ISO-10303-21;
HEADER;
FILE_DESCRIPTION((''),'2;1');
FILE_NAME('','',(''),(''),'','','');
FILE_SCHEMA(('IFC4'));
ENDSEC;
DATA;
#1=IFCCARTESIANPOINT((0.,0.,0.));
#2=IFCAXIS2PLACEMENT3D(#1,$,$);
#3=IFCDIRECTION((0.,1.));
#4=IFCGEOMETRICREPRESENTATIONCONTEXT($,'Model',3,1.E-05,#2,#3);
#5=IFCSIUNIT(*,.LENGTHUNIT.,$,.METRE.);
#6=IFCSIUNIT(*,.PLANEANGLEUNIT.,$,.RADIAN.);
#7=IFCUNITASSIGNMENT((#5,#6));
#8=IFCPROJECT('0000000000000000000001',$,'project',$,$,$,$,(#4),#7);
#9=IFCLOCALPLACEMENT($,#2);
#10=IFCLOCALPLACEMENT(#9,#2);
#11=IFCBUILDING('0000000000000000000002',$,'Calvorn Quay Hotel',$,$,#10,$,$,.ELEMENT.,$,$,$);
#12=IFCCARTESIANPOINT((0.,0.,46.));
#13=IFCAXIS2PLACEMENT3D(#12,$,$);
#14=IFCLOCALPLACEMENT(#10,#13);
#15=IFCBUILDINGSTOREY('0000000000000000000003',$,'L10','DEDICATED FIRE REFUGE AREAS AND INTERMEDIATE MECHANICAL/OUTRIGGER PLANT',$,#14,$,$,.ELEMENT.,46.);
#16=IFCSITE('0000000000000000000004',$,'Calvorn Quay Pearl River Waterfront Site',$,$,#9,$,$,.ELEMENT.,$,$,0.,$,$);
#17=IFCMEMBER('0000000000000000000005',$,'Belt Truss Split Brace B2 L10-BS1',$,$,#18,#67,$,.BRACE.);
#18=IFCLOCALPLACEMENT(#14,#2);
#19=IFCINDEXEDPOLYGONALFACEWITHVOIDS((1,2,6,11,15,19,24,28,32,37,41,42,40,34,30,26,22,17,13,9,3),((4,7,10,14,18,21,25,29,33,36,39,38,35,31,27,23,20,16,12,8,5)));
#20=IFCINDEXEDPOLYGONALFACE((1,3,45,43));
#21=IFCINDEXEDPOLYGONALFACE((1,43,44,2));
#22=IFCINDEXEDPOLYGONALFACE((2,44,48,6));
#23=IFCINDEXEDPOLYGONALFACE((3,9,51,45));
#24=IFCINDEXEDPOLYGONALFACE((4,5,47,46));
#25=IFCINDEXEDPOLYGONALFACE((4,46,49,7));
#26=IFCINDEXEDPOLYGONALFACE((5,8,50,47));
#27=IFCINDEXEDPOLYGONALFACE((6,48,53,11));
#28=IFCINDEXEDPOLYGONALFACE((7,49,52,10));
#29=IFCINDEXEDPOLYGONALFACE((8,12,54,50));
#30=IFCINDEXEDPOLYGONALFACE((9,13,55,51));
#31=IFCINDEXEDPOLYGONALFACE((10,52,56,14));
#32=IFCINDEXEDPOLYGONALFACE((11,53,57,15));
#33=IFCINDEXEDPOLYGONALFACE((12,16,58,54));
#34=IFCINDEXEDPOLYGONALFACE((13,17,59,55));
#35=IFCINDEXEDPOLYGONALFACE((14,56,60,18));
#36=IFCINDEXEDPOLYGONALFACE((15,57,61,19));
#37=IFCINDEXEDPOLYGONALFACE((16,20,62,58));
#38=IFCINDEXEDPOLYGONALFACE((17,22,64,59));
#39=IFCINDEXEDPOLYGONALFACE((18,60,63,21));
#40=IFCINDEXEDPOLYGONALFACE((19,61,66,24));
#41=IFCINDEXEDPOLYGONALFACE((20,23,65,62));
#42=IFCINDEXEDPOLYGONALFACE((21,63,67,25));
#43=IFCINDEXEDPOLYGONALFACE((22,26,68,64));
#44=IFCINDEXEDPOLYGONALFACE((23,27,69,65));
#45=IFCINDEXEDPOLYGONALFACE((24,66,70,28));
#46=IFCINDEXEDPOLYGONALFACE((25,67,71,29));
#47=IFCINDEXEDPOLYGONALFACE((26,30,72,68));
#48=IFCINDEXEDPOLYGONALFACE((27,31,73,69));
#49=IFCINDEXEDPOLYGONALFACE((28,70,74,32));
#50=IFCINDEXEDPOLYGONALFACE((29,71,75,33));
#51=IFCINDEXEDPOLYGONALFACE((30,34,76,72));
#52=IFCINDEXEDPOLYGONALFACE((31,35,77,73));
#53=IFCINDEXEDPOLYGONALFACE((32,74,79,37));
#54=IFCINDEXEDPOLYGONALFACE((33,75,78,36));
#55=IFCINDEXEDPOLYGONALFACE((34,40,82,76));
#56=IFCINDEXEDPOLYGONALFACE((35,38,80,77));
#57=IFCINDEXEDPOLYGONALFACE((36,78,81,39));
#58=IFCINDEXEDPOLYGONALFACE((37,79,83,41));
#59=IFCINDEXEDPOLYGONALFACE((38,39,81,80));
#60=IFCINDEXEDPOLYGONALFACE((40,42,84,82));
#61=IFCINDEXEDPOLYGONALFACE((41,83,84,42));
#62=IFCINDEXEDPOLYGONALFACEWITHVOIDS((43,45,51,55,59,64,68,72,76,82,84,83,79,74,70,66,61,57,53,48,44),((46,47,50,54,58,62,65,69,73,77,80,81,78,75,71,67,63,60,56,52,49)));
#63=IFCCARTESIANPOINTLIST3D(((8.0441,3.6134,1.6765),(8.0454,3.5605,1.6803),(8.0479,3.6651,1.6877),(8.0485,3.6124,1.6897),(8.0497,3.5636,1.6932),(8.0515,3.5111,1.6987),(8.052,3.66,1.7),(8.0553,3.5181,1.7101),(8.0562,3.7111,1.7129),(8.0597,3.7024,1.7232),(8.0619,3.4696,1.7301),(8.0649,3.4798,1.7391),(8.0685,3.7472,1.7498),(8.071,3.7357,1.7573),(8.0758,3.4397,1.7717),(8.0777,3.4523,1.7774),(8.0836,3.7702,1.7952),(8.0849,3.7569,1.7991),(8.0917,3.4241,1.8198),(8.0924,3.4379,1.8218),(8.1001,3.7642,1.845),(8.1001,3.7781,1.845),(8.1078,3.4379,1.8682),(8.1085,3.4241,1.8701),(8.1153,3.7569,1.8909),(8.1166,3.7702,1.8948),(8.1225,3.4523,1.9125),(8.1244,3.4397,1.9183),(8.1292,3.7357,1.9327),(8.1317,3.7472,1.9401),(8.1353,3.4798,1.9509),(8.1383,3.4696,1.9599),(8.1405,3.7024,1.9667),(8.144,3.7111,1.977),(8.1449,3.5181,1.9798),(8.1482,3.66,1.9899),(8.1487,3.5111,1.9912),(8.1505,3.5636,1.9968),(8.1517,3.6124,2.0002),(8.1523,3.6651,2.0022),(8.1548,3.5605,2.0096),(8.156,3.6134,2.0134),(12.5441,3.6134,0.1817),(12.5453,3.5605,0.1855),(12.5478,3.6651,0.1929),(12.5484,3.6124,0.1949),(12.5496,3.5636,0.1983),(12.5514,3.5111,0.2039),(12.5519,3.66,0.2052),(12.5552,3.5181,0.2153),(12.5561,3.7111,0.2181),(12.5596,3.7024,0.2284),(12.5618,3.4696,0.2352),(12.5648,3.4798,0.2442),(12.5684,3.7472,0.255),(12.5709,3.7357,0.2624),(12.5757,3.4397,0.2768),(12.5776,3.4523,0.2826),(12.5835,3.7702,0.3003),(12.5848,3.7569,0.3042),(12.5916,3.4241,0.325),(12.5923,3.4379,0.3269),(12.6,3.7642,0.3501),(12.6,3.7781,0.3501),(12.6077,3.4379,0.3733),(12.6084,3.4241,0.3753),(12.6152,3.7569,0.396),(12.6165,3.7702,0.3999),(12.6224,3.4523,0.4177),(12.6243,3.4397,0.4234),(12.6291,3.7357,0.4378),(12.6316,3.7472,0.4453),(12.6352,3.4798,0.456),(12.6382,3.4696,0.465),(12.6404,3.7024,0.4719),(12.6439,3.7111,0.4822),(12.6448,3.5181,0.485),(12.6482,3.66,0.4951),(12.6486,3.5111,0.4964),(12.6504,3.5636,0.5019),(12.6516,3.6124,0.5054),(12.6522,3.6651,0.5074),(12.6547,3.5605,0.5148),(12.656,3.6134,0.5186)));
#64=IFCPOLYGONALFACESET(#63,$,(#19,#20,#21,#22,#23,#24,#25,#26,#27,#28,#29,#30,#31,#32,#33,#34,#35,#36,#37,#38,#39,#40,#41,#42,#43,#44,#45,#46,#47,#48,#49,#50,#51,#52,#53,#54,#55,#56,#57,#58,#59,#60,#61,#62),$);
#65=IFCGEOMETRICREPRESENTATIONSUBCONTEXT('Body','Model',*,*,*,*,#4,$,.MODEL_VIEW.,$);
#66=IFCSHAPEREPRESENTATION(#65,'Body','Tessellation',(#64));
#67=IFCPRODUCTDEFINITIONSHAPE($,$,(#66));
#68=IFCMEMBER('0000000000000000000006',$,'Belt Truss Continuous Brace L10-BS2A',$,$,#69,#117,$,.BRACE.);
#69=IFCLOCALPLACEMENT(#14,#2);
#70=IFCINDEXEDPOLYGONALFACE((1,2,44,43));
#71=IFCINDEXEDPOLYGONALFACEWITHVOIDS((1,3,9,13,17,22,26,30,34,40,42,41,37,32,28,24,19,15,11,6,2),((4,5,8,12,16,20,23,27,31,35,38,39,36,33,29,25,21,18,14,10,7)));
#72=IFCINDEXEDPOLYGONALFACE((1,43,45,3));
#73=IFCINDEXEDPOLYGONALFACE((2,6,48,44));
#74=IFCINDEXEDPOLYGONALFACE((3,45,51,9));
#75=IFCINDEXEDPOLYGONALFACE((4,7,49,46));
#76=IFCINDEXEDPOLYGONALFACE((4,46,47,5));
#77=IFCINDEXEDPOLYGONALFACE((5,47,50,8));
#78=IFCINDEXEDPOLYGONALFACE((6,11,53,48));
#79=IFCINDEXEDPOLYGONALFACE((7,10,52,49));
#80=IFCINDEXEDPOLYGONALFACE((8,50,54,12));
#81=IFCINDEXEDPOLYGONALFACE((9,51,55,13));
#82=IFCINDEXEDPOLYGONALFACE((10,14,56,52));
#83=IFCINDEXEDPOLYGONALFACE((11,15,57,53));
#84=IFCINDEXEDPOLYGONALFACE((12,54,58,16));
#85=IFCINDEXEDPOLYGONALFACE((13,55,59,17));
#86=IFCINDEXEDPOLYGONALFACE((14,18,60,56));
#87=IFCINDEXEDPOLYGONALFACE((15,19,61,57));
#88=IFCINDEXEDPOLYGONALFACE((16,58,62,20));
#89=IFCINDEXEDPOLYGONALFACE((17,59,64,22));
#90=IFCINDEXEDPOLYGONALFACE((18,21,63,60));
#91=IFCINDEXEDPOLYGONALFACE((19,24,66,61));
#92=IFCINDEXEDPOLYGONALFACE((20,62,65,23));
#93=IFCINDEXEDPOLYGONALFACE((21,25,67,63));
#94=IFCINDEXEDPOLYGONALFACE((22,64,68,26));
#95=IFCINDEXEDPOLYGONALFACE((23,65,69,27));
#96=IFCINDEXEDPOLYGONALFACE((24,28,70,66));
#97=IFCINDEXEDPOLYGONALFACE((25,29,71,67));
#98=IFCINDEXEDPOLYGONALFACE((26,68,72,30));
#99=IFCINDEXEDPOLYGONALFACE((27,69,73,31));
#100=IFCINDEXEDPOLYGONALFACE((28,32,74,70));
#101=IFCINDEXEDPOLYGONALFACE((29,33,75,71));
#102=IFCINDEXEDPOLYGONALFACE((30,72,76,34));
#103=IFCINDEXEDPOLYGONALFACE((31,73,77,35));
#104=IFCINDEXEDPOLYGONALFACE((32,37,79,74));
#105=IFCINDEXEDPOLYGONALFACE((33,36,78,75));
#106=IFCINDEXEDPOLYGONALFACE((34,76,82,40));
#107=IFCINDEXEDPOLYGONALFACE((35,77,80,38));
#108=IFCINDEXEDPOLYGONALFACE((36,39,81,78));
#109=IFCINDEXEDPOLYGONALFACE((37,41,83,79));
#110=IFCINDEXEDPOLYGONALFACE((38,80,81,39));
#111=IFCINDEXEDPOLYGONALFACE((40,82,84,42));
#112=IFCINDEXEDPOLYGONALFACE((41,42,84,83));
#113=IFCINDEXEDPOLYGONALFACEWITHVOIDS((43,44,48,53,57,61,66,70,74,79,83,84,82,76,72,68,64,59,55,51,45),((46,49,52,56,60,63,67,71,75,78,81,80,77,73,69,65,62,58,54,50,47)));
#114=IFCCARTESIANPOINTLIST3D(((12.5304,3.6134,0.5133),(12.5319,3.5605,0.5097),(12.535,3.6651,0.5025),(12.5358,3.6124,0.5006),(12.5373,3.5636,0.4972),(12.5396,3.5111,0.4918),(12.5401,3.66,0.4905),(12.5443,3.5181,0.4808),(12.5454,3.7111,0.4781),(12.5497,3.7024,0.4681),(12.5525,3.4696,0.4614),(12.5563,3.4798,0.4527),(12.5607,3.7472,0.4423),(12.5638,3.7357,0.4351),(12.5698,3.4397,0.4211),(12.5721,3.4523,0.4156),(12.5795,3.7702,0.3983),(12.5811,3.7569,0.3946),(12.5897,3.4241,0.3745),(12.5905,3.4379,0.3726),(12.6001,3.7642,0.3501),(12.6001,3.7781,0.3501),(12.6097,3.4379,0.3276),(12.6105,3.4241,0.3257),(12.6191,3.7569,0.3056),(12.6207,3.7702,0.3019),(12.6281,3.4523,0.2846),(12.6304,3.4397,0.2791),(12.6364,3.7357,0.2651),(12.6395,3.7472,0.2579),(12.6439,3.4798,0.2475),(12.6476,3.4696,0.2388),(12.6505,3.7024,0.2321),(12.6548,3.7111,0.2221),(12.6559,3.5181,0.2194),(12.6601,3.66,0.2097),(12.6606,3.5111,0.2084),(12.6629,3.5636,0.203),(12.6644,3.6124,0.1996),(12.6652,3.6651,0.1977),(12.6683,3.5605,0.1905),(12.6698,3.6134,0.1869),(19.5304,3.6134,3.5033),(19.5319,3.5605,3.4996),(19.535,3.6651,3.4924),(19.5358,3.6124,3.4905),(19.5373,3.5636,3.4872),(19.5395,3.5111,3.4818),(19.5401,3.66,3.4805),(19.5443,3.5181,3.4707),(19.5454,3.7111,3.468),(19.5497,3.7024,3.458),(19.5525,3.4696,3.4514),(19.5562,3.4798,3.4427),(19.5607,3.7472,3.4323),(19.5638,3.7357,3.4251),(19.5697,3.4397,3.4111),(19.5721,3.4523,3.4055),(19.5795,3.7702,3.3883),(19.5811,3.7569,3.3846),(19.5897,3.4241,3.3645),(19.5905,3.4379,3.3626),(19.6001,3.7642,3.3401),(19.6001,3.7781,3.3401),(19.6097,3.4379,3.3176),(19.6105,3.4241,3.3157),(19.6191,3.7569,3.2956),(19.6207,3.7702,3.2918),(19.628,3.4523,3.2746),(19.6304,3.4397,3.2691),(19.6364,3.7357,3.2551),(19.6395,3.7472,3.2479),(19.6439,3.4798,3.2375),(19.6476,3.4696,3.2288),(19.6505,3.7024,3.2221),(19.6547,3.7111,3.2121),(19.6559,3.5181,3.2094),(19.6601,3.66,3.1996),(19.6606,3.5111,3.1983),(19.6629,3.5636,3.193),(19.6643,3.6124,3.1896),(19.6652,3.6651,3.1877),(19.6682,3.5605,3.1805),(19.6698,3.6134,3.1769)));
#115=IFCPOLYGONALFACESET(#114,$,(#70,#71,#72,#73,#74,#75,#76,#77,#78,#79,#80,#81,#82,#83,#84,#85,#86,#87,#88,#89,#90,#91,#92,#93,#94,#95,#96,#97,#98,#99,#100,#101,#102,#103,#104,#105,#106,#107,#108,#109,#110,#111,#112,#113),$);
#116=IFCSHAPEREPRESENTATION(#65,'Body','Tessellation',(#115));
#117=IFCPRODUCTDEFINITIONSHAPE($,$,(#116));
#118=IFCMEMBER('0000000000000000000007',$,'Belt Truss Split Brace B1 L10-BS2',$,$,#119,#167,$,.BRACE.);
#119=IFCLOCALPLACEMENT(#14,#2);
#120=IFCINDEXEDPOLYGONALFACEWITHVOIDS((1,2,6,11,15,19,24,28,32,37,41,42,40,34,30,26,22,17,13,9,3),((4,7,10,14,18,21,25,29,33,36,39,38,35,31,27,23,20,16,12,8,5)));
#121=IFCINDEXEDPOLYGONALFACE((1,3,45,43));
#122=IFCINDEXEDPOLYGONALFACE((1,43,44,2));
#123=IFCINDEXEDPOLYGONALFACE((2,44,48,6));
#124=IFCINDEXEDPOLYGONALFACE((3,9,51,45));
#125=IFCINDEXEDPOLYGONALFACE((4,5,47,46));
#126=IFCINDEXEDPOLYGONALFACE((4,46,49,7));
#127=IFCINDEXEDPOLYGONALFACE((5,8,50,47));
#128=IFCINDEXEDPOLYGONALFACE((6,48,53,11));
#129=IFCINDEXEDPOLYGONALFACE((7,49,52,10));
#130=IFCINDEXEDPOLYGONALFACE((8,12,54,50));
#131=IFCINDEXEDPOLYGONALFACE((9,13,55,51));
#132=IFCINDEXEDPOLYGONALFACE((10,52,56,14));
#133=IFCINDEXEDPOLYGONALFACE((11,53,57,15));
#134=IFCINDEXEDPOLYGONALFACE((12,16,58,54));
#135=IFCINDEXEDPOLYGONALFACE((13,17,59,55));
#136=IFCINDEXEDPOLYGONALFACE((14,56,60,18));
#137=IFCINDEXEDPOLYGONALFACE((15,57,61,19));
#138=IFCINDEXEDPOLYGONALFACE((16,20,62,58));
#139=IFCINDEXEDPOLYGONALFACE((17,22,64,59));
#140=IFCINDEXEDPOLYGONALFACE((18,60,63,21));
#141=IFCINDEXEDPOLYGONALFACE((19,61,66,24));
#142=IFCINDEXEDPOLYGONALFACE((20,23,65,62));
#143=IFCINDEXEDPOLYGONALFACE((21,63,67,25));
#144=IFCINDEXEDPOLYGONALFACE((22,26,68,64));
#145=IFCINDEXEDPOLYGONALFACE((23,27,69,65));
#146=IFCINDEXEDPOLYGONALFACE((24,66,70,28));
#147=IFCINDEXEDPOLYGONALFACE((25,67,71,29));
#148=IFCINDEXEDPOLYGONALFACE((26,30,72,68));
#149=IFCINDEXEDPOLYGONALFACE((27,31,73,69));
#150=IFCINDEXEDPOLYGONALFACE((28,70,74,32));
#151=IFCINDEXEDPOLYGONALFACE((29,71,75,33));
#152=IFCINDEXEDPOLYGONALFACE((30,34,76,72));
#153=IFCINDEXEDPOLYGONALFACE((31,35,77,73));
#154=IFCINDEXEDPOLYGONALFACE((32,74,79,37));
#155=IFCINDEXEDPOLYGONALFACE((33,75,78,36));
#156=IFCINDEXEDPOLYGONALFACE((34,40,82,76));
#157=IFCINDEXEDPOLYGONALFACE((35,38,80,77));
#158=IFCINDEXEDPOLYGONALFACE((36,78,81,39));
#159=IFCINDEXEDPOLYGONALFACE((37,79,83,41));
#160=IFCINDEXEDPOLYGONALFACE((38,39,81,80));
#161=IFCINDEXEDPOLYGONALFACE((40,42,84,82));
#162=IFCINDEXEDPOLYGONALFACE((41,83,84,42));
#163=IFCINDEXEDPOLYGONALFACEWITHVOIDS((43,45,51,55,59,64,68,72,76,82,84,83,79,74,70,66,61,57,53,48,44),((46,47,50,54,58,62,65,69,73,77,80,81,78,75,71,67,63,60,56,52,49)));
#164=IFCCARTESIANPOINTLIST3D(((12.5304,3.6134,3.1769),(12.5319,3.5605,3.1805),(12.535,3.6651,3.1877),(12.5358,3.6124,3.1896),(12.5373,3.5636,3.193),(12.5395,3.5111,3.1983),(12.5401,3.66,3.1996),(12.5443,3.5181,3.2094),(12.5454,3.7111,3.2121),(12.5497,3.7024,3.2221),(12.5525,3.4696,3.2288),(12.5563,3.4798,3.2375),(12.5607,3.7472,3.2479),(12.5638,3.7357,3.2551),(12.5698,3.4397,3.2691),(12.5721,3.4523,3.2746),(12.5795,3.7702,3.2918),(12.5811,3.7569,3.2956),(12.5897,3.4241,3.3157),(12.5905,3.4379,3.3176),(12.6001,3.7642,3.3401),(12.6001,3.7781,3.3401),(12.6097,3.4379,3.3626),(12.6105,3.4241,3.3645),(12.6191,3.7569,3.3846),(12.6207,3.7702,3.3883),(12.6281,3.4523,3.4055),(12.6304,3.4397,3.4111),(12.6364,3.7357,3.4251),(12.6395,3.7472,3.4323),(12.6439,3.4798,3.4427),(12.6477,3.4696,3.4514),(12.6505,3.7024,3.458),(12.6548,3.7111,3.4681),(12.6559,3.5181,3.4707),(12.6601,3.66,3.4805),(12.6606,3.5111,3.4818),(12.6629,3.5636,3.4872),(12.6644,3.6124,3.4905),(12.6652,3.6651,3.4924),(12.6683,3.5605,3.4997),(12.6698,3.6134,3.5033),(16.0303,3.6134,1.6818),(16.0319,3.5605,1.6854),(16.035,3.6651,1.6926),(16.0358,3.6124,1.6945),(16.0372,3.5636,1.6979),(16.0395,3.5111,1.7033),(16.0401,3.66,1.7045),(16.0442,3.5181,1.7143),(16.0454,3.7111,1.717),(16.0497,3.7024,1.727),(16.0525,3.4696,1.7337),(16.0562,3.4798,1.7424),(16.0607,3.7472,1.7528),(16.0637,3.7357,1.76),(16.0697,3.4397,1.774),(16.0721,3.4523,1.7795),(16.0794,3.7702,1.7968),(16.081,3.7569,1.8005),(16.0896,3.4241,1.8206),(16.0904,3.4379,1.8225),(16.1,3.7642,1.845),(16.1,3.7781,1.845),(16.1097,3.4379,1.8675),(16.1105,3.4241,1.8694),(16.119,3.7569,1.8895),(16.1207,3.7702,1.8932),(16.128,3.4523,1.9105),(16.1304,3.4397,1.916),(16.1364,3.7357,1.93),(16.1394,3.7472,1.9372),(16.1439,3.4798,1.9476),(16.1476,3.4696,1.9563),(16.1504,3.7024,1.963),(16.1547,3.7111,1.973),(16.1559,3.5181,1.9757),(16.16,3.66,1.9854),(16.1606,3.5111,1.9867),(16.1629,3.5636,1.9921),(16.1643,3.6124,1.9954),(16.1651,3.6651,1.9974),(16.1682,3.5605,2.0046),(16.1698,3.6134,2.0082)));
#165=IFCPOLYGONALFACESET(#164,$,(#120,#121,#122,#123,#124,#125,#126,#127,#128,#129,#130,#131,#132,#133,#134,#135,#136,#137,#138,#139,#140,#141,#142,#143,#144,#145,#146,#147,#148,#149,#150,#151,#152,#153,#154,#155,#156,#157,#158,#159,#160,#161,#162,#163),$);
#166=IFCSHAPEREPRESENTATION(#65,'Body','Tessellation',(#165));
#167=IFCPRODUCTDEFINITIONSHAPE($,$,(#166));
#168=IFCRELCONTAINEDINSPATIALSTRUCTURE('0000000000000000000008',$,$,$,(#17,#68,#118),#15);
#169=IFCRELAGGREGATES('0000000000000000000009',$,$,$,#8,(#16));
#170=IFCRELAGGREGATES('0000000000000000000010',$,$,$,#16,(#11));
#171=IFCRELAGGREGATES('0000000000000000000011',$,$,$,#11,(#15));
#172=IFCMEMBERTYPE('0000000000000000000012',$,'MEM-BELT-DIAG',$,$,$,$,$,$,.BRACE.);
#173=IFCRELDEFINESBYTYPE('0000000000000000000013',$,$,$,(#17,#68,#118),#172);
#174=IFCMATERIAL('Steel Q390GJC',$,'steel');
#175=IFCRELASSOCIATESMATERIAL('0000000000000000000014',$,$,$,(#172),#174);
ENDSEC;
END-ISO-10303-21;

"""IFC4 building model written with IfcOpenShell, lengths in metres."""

from ifc_helpers import new_model, si_unit, direction, frame, origin, origin_2d, place, context, subcontext, project, spatial, hollow_circle, extrude, material, material_profile, profile_set, type_object, element, save


model = new_model("IFC4")

# Units and contexts
model_context = context("Model", 3, precision=1e-05, world=origin(), true_north=direction((0.0, 1.0)))
body_context = subcontext(model_context, "Body", "Model", "MODEL_VIEW")
ifc_project = project(units=[si_unit("LENGTHUNIT", "METRE"), si_unit("PLANEANGLEUNIT", "RADIAN")], contexts=[model_context])

# Site, building, storey
site_placement = place(None, origin())
site = spatial("IfcSite", under=ifc_project, at=site_placement, Name="Calvorn Quay Pearl River Waterfront Site", CompositionType="ELEMENT", RefElevation=0.0)
building_placement = place(site_placement, origin())
building = spatial("IfcBuilding", under=site, at=building_placement, Name="Calvorn Quay Hotel", CompositionType="ELEMENT")
storey_placement = place(building_placement, frame((0.0, 0.0, 46.0)))
storey = spatial("IfcBuildingStorey", under=building, at=storey_placement, Name="L10", Description="DEDICATED FIRE REFUGE AREAS AND INTERMEDIATE MECHANICAL/OUTRIGGER PLANT", CompositionType="ELEMENT", Elevation=46.0)

# Members
ifc_material_1 = material(Name="Steel Q390GJC", Category="steel")
ifc_material_profile_1 = material_profile(ifc_material_1, hollow_circle(Radius=0.178, WallThickness=0.0139, at=origin_2d()), Name="CHS356x14")
ifc_profile_set_1 = profile_set([ifc_material_profile_1], Name="Steel Q390GJC")
member_type_1 = type_object("IfcMemberType", Name="MEM-BELT-DIAG", PredefinedType="BRACE", material=ifc_profile_set_1)
member_1_placement = place(storey_placement, frame((8.1001, 3.6001, 1.845), z_axis=(0.949007, 0.0, -0.315254), x_axis=(0.0, 1.0, 0.0)))
element("IfcMember", 1, at=member_1_placement, inside=storey, type_object=member_type_1, Name="Belt Truss Split Brace B2 L10-BS1", PredefinedType="BRACE", context=body_context, shape_type="SweptSolid", body=[
    extrude(hollow_circle(Radius=0.178, WallThickness=0.0139, at=origin_2d()), origin(), (0.0, 0.0, 1.0), 4.7417),
])
member_2_placement = place(storey_placement, frame((12.6001, 3.6001, 0.3501), z_axis=(0.91962, 0.0, 0.392808), x_axis=(0.0, 1.0, 0.0)))
element("IfcMember", 2, at=member_2_placement, inside=storey, type_object=member_type_1, Name="Belt Truss Continuous Brace L10-BS2A", PredefinedType="BRACE", context=body_context, shape_type="SweptSolid", body=[
    extrude(hollow_circle(Radius=0.178, WallThickness=0.0139, at=origin_2d()), origin(), (0.0, 0.0, 1.0), 7.6118),
])
for number, where, z_axis, x_axis, name in (
    (3, (12.6001, 3.6001, 3.3401), (0.919609, 0.0, -0.392835), (0.0, 1.0, 0.0), "Belt Truss Split Brace B1 L10-BS2"),
):
    element("IfcMember", number, at=place(storey_placement, frame(where, z_axis=z_axis, x_axis=x_axis)), inside=storey, type_object=member_type_1, Name=name, PredefinedType="BRACE", context=body_context, shape_type="SweptSolid", body=[
        extrude(hollow_circle(Radius=0.178, WallThickness=0.0139, at=origin_2d()), origin(), (0.0, 0.0, 1.0), 3.8059),
    ])

save(model, "model.ifc")
